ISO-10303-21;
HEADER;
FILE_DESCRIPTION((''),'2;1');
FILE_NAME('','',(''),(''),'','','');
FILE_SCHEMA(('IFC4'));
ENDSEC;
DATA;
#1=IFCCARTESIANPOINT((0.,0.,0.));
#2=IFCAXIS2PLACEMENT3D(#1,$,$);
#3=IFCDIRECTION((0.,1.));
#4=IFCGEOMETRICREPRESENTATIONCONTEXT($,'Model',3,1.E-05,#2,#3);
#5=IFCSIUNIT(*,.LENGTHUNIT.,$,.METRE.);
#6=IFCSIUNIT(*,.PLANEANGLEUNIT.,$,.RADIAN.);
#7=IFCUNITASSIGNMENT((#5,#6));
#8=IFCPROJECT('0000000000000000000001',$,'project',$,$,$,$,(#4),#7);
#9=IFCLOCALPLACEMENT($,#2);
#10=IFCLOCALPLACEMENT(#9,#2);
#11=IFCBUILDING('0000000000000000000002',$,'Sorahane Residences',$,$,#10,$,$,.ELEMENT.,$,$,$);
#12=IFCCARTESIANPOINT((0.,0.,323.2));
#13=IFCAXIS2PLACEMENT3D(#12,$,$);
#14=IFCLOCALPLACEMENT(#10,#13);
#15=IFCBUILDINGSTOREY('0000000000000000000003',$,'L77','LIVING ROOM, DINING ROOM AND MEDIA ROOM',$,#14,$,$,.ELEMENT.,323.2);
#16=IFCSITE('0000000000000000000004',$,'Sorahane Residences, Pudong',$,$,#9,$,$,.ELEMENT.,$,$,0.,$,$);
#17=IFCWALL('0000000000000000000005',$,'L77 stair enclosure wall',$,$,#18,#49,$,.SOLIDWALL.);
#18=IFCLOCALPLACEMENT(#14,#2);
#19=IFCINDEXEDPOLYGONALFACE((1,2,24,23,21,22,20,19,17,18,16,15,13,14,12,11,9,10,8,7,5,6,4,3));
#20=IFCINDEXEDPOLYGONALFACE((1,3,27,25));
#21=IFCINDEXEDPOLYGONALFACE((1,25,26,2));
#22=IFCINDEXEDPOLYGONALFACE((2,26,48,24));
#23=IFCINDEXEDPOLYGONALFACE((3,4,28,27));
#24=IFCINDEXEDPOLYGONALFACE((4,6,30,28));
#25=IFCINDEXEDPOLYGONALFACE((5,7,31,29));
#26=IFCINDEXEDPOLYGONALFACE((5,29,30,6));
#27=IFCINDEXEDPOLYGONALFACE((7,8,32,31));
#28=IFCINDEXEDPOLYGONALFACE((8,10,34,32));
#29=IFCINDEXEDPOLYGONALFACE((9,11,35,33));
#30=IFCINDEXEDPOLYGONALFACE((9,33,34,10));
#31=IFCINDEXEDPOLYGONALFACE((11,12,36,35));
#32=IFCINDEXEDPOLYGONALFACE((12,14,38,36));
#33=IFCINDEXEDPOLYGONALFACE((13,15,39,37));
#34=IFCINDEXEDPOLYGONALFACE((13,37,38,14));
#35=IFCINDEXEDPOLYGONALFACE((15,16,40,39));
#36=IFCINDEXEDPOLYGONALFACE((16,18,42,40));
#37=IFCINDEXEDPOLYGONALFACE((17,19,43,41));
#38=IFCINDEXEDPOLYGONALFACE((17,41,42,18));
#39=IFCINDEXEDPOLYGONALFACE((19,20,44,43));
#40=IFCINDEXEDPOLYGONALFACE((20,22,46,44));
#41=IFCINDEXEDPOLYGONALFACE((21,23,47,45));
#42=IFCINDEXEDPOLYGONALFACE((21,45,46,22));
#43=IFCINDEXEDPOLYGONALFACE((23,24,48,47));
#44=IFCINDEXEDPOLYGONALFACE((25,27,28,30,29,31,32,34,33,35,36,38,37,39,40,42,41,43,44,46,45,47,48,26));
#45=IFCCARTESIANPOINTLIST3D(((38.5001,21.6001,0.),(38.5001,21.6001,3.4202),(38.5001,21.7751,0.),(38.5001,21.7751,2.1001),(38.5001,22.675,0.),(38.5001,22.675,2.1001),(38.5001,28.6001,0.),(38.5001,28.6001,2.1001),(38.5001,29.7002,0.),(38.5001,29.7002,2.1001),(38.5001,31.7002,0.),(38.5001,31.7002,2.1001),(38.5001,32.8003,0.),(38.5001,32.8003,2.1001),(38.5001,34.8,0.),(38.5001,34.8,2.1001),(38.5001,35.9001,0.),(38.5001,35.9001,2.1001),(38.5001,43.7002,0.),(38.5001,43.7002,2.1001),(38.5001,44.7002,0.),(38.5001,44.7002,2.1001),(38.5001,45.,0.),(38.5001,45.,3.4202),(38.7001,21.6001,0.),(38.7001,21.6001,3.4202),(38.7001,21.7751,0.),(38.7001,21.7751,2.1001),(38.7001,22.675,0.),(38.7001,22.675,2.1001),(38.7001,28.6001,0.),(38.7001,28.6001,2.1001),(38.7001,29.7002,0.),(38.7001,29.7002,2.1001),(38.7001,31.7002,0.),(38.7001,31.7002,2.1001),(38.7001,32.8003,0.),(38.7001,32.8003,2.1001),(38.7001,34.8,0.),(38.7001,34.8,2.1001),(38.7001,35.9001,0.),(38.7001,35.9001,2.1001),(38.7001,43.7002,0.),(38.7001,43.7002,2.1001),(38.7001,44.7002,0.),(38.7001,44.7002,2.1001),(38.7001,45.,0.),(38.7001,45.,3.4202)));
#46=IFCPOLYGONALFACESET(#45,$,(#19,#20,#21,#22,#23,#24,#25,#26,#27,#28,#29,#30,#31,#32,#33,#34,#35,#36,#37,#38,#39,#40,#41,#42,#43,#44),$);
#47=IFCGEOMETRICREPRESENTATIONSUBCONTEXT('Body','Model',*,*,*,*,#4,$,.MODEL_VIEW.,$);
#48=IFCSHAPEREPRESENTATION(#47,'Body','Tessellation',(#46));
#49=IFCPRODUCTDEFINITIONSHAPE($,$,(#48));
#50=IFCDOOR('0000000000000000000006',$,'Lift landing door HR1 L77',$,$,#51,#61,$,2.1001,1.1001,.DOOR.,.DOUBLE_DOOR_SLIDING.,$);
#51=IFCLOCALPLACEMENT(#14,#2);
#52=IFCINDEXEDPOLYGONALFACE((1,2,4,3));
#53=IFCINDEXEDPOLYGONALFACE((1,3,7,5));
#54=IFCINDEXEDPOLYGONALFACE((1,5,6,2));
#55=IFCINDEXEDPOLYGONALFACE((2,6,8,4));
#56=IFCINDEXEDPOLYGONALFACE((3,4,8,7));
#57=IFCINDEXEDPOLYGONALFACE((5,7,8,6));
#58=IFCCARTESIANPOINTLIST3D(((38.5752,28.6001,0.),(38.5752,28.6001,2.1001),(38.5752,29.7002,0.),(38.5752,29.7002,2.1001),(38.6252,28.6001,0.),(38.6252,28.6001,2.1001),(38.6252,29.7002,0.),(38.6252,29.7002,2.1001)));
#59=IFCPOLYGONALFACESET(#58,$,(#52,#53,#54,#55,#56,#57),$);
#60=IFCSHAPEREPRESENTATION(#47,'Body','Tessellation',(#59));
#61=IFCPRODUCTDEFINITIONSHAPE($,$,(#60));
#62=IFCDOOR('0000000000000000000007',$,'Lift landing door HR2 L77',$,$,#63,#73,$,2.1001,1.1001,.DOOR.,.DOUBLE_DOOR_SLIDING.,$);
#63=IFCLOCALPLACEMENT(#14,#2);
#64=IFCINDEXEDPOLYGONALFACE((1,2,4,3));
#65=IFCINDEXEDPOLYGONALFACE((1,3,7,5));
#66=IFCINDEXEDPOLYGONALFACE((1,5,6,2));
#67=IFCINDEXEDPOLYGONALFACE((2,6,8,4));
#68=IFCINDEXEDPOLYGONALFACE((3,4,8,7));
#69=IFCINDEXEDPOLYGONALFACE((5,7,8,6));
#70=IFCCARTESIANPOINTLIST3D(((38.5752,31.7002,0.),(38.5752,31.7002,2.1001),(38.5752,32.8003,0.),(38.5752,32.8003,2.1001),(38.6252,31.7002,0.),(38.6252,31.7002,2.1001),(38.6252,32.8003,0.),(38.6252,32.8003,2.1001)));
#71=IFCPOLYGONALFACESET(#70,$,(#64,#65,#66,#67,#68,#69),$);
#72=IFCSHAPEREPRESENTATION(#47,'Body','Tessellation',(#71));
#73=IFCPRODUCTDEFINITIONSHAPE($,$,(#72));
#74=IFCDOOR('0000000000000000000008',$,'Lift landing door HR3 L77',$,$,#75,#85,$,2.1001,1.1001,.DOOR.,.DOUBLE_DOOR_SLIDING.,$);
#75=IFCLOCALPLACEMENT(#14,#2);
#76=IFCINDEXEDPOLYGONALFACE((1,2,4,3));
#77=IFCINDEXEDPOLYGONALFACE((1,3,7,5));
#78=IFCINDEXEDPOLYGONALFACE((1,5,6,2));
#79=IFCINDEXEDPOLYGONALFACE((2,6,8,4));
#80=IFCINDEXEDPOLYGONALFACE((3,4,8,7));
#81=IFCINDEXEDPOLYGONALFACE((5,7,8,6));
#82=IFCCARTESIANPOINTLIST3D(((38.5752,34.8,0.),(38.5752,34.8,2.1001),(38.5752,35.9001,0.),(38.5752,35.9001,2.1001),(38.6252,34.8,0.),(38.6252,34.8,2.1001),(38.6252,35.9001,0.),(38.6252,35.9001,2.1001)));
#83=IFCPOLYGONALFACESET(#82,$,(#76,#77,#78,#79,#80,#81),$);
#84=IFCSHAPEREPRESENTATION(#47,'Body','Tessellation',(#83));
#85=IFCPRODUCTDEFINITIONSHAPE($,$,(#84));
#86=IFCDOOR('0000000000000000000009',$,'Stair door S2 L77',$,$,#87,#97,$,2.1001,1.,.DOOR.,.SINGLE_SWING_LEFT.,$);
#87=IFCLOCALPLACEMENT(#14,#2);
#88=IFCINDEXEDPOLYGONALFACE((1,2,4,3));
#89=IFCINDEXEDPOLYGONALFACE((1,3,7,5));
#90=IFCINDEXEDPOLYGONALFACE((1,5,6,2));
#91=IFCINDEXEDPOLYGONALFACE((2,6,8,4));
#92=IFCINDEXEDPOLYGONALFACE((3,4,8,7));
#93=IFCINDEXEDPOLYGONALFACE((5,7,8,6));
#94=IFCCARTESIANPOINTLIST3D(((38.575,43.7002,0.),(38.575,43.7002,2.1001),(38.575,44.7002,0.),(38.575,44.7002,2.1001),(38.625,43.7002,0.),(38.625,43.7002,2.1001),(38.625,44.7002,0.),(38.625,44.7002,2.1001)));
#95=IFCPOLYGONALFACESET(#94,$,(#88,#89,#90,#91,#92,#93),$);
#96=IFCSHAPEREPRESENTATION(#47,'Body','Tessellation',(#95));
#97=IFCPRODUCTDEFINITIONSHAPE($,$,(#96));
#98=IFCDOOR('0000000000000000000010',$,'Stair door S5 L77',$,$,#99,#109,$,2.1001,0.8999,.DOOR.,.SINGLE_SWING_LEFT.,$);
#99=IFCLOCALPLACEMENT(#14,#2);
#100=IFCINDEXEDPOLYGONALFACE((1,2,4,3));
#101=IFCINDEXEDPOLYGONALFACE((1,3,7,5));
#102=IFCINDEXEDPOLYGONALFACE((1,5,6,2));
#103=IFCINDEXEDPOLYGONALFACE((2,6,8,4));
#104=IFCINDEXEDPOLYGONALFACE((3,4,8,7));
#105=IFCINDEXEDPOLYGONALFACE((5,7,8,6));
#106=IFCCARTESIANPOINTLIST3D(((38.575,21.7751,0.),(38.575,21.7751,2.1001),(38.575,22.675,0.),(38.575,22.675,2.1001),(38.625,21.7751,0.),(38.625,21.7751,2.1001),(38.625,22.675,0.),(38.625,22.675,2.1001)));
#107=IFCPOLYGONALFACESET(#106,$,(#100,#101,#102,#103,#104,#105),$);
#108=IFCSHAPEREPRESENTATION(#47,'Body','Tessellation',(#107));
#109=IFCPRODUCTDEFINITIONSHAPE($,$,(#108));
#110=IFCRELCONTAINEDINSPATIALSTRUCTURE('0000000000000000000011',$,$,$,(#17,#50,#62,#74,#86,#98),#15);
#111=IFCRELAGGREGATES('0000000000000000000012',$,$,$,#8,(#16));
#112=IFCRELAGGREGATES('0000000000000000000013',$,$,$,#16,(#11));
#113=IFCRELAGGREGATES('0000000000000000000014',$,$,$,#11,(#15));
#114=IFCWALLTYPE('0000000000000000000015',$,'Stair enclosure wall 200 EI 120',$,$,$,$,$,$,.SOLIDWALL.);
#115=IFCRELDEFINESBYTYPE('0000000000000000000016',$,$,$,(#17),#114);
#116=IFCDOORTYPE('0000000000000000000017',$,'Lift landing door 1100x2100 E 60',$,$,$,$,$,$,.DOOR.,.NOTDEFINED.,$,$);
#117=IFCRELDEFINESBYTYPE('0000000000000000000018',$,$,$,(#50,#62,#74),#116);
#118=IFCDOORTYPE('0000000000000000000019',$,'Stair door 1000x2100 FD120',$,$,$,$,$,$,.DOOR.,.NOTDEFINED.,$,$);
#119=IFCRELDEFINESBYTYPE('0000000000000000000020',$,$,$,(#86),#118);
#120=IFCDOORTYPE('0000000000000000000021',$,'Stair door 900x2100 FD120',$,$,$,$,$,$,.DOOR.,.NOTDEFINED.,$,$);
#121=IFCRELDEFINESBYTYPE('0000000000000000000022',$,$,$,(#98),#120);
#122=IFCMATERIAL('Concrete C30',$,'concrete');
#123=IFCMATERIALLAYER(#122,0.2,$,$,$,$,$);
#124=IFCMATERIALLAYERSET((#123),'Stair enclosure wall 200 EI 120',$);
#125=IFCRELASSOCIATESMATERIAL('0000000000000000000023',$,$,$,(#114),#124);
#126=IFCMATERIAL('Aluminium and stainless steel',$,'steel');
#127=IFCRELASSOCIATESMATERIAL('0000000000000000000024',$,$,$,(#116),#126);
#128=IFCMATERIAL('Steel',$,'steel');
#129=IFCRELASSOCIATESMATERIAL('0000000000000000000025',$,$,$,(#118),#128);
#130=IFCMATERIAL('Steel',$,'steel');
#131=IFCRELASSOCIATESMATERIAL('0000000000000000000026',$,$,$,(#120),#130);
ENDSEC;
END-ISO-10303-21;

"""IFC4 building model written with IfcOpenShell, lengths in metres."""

from ifc_helpers import new_model, si_unit, direction, frame, frame_2d, origin, place, context, subcontext, project, spatial, rectangle, extrude, material, layer, layer_set, type_object, element, fill, save


model = new_model("IFC4")

# Units and contexts
model_context = context("Model", 3, precision=1e-05, world=origin(), true_north=direction((0.0, 1.0)))
body_context = subcontext(model_context, "Body", "Model", "MODEL_VIEW")
ifc_project = project(units=[si_unit("LENGTHUNIT", "METRE"), si_unit("PLANEANGLEUNIT", "RADIAN")], contexts=[model_context])

# Site, building, storey
site_placement = place(None, origin())
site = spatial("IfcSite", under=ifc_project, at=site_placement, Name="Sorahane Residences, Pudong", CompositionType="ELEMENT", RefElevation=0.0)
building_placement = place(site_placement, origin())
building = spatial("IfcBuilding", under=site, at=building_placement, Name="Sorahane Residences", CompositionType="ELEMENT")
storey_placement = place(building_placement, frame((0.0, 0.0, 323.2)))
storey = spatial("IfcBuildingStorey", under=building, at=storey_placement, Name="L77", Description="LIVING ROOM, DINING ROOM AND MEDIA ROOM", CompositionType="ELEMENT", Elevation=323.2)

# Wall, openings, doors
ifc_material_1 = material(Name="Concrete C30", Category="concrete")
ifc_layer_1 = layer(ifc_material_1, 0.2)
ifc_layer_set_1 = layer_set([ifc_layer_1], Name="Stair enclosure wall 200 EI 120")
wall_type_1 = type_object("IfcWallType", Name="Stair enclosure wall 200 EI 120", PredefinedType="SOLIDWALL", material=ifc_layer_set_1)
wall_1_placement = place(storey_placement, frame((38.6001, 21.6001, 0.0), z_axis=(0.0, 0.0, 1.0), x_axis=(0.0, 1.0, 0.0)))
wall_1 = element("IfcWall", 1, at=wall_1_placement, inside=storey, type_object=wall_type_1, Name="L77 stair enclosure wall", PredefinedType="SOLIDWALL", context=body_context, shape_type="SweptSolid", body=[
    extrude(rectangle(XDim=23.3999, YDim=0.2, at=frame_2d((11.7, 0.0))), origin(), (0.0, 0.0, 1.0), 3.4202),
])
opening_1_placement = place(wall_1_placement, frame((7.0, 0.0, 0.0)))
opening_1 = element("IfcOpeningElement", 2, at=opening_1_placement, cuts=wall_1, PredefinedType="OPENING", context=body_context, shape_type="SweptSolid", body=[
    extrude(rectangle(XDim=1.1001, YDim=2.1001, at=frame_2d((0.55, 1.05))), frame((0.0, 0.1099, 0.0), z_axis=(0.0, -1.0, 0.0), x_axis=(1.0, 0.0, 0.0)), (0.0, 0.0, 1.0), 0.22),
])
opening_2_placement = place(wall_1_placement, frame((10.1001, 0.0, 0.0)))
opening_2 = element("IfcOpeningElement", 3, at=opening_2_placement, cuts=wall_1, PredefinedType="OPENING", context=body_context, shape_type="SweptSolid", body=[
    extrude(rectangle(XDim=1.1001, YDim=2.1001, at=frame_2d((0.55, 1.05))), frame((0.0, 0.1099, 0.0), z_axis=(0.0, -1.0, 0.0), x_axis=(1.0, 0.0, 0.0)), (0.0, 0.0, 1.0), 0.22),
])
opening_3_placement = place(wall_1_placement, frame((13.2, 0.0, 0.0)))
opening_3 = element("IfcOpeningElement", 4, at=opening_3_placement, cuts=wall_1, PredefinedType="OPENING", context=body_context, shape_type="SweptSolid", body=[
    extrude(rectangle(XDim=1.1001, YDim=2.1001, at=frame_2d((0.55, 1.05))), frame((0.0, 0.1099, 0.0), z_axis=(0.0, -1.0, 0.0), x_axis=(1.0, 0.0, 0.0)), (0.0, 0.0, 1.0), 0.22),
])
opening_4_placement = place(wall_1_placement, frame((22.1001, 0.0, 0.0)))
opening_4 = element("IfcOpeningElement", 5, at=opening_4_placement, cuts=wall_1, PredefinedType="OPENING", context=body_context, shape_type="SweptSolid", body=[
    extrude(rectangle(XDim=1.0, YDim=2.1001, at=frame_2d((0.5, 1.05))), frame((0.0, 0.1099, 0.0), z_axis=(0.0, -1.0, 0.0), x_axis=(1.0, 0.0, 0.0)), (0.0, 0.0, 1.0), 0.22),
])
opening_5_placement = place(wall_1_placement, frame((0.175, 0.0, 0.0)))
opening_5 = element("IfcOpeningElement", 6, at=opening_5_placement, cuts=wall_1, PredefinedType="OPENING", context=body_context, shape_type="SweptSolid", body=[
    extrude(rectangle(XDim=0.8999, YDim=2.1001, at=frame_2d((0.45, 1.05))), frame((0.0, 0.1099, 0.0), z_axis=(0.0, -1.0, 0.0), x_axis=(1.0, 0.0, 0.0)), (0.0, 0.0, 1.0), 0.22),
])
ifc_material_2 = material(Name="Aluminium and stainless steel", Category="steel")
door_type_1 = type_object("IfcDoorType", Name="Lift landing door 1100x2100 E 60", OperationType="NOTDEFINED", PredefinedType="DOOR", material=ifc_material_2)
door_1_placement = place(opening_1_placement, origin())
door_1 = element("IfcDoor", 7, at=door_1_placement, inside=storey, type_object=door_type_1, Name="Lift landing door HR1 L77", OperationType="DOUBLE_DOOR_SLIDING", OverallHeight=2.1001, OverallWidth=1.1001, PredefinedType="DOOR", context=body_context, shape_type="SweptSolid", body=[
    extrude(rectangle(XDim=1.1001, YDim=2.1001, at=frame_2d((0.55, 1.05))), frame((0.0, 0.0249, 0.0), z_axis=(0.0, -1.0, 0.0), x_axis=(1.0, 0.0, 0.0)), (0.0, 0.0, 1.0), 0.05),
])
fill(opening_1, door_1)
door_2_placement = place(opening_2_placement, origin())
door_2 = element("IfcDoor", 8, at=door_2_placement, inside=storey, type_object=door_type_1, Name="Lift landing door HR2 L77", OperationType="DOUBLE_DOOR_SLIDING", OverallHeight=2.1001, OverallWidth=1.1001, PredefinedType="DOOR", context=body_context, shape_type="SweptSolid", body=[
    extrude(rectangle(XDim=1.1001, YDim=2.1001, at=frame_2d((0.55, 1.05))), frame((0.0, 0.0249, 0.0), z_axis=(0.0, -1.0, 0.0), x_axis=(1.0, 0.0, 0.0)), (0.0, 0.0, 1.0), 0.05),
])
fill(opening_2, door_2)
door_3_placement = place(opening_3_placement, origin())
door_3 = element("IfcDoor", 9, at=door_3_placement, inside=storey, type_object=door_type_1, Name="Lift landing door HR3 L77", OperationType="DOUBLE_DOOR_SLIDING", OverallHeight=2.1001, OverallWidth=1.1001, PredefinedType="DOOR", context=body_context, shape_type="SweptSolid", body=[
    extrude(rectangle(XDim=1.1001, YDim=2.1001, at=frame_2d((0.55, 1.05))), frame((0.0, 0.0249, 0.0), z_axis=(0.0, -1.0, 0.0), x_axis=(1.0, 0.0, 0.0)), (0.0, 0.0, 1.0), 0.05),
])
fill(opening_3, door_3)
ifc_material_3 = material(Name="Steel", Category="steel")
door_type_2 = type_object("IfcDoorType", Name="Stair door 1000x2100 FD120", OperationType="NOTDEFINED", PredefinedType="DOOR", material=ifc_material_3)
door_4_placement = place(opening_4_placement, frame((1.0, 0.0, 0.0), z_axis=(0.0, 0.0, 1.0), x_axis=(-1.0, 0.0, 0.0)))
door_4 = element("IfcDoor", 10, at=door_4_placement, inside=storey, type_object=door_type_2, Name="Stair door S2 L77", OperationType="SINGLE_SWING_LEFT", OverallHeight=2.1001, OverallWidth=1.0, PredefinedType="DOOR", context=body_context, shape_type="SweptSolid", body=[
    extrude(rectangle(XDim=1.0, YDim=2.1001, at=frame_2d((0.5, 1.05))), frame((0.0, 0.0249, 0.0), z_axis=(0.0, -1.0, 0.0), x_axis=(1.0, 0.0, 0.0)), (0.0, 0.0, 1.0), 0.05),
])
fill(opening_4, door_4)
ifc_material_4 = material(Name="Steel", Category="steel")
door_type_3 = type_object("IfcDoorType", Name="Stair door 900x2100 FD120", OperationType="NOTDEFINED", PredefinedType="DOOR", material=ifc_material_4)
door_5_placement = place(opening_5_placement, frame((0.8999, 0.0, 0.0), z_axis=(0.0, 0.0, 1.0), x_axis=(-1.0, 0.0, 0.0)))
door_5 = element("IfcDoor", 11, at=door_5_placement, inside=storey, type_object=door_type_3, Name="Stair door S5 L77", OperationType="SINGLE_SWING_LEFT", OverallHeight=2.1001, OverallWidth=0.8999, PredefinedType="DOOR", context=body_context, shape_type="SweptSolid", body=[
    extrude(rectangle(XDim=0.8999, YDim=2.1001, at=frame_2d((0.45, 1.05))), frame((0.0, 0.0249, 0.0), z_axis=(0.0, -1.0, 0.0), x_axis=(1.0, 0.0, 0.0)), (0.0, 0.0, 1.0), 0.05),
])
fill(opening_5, door_5)

save(model, "model.ifc")
